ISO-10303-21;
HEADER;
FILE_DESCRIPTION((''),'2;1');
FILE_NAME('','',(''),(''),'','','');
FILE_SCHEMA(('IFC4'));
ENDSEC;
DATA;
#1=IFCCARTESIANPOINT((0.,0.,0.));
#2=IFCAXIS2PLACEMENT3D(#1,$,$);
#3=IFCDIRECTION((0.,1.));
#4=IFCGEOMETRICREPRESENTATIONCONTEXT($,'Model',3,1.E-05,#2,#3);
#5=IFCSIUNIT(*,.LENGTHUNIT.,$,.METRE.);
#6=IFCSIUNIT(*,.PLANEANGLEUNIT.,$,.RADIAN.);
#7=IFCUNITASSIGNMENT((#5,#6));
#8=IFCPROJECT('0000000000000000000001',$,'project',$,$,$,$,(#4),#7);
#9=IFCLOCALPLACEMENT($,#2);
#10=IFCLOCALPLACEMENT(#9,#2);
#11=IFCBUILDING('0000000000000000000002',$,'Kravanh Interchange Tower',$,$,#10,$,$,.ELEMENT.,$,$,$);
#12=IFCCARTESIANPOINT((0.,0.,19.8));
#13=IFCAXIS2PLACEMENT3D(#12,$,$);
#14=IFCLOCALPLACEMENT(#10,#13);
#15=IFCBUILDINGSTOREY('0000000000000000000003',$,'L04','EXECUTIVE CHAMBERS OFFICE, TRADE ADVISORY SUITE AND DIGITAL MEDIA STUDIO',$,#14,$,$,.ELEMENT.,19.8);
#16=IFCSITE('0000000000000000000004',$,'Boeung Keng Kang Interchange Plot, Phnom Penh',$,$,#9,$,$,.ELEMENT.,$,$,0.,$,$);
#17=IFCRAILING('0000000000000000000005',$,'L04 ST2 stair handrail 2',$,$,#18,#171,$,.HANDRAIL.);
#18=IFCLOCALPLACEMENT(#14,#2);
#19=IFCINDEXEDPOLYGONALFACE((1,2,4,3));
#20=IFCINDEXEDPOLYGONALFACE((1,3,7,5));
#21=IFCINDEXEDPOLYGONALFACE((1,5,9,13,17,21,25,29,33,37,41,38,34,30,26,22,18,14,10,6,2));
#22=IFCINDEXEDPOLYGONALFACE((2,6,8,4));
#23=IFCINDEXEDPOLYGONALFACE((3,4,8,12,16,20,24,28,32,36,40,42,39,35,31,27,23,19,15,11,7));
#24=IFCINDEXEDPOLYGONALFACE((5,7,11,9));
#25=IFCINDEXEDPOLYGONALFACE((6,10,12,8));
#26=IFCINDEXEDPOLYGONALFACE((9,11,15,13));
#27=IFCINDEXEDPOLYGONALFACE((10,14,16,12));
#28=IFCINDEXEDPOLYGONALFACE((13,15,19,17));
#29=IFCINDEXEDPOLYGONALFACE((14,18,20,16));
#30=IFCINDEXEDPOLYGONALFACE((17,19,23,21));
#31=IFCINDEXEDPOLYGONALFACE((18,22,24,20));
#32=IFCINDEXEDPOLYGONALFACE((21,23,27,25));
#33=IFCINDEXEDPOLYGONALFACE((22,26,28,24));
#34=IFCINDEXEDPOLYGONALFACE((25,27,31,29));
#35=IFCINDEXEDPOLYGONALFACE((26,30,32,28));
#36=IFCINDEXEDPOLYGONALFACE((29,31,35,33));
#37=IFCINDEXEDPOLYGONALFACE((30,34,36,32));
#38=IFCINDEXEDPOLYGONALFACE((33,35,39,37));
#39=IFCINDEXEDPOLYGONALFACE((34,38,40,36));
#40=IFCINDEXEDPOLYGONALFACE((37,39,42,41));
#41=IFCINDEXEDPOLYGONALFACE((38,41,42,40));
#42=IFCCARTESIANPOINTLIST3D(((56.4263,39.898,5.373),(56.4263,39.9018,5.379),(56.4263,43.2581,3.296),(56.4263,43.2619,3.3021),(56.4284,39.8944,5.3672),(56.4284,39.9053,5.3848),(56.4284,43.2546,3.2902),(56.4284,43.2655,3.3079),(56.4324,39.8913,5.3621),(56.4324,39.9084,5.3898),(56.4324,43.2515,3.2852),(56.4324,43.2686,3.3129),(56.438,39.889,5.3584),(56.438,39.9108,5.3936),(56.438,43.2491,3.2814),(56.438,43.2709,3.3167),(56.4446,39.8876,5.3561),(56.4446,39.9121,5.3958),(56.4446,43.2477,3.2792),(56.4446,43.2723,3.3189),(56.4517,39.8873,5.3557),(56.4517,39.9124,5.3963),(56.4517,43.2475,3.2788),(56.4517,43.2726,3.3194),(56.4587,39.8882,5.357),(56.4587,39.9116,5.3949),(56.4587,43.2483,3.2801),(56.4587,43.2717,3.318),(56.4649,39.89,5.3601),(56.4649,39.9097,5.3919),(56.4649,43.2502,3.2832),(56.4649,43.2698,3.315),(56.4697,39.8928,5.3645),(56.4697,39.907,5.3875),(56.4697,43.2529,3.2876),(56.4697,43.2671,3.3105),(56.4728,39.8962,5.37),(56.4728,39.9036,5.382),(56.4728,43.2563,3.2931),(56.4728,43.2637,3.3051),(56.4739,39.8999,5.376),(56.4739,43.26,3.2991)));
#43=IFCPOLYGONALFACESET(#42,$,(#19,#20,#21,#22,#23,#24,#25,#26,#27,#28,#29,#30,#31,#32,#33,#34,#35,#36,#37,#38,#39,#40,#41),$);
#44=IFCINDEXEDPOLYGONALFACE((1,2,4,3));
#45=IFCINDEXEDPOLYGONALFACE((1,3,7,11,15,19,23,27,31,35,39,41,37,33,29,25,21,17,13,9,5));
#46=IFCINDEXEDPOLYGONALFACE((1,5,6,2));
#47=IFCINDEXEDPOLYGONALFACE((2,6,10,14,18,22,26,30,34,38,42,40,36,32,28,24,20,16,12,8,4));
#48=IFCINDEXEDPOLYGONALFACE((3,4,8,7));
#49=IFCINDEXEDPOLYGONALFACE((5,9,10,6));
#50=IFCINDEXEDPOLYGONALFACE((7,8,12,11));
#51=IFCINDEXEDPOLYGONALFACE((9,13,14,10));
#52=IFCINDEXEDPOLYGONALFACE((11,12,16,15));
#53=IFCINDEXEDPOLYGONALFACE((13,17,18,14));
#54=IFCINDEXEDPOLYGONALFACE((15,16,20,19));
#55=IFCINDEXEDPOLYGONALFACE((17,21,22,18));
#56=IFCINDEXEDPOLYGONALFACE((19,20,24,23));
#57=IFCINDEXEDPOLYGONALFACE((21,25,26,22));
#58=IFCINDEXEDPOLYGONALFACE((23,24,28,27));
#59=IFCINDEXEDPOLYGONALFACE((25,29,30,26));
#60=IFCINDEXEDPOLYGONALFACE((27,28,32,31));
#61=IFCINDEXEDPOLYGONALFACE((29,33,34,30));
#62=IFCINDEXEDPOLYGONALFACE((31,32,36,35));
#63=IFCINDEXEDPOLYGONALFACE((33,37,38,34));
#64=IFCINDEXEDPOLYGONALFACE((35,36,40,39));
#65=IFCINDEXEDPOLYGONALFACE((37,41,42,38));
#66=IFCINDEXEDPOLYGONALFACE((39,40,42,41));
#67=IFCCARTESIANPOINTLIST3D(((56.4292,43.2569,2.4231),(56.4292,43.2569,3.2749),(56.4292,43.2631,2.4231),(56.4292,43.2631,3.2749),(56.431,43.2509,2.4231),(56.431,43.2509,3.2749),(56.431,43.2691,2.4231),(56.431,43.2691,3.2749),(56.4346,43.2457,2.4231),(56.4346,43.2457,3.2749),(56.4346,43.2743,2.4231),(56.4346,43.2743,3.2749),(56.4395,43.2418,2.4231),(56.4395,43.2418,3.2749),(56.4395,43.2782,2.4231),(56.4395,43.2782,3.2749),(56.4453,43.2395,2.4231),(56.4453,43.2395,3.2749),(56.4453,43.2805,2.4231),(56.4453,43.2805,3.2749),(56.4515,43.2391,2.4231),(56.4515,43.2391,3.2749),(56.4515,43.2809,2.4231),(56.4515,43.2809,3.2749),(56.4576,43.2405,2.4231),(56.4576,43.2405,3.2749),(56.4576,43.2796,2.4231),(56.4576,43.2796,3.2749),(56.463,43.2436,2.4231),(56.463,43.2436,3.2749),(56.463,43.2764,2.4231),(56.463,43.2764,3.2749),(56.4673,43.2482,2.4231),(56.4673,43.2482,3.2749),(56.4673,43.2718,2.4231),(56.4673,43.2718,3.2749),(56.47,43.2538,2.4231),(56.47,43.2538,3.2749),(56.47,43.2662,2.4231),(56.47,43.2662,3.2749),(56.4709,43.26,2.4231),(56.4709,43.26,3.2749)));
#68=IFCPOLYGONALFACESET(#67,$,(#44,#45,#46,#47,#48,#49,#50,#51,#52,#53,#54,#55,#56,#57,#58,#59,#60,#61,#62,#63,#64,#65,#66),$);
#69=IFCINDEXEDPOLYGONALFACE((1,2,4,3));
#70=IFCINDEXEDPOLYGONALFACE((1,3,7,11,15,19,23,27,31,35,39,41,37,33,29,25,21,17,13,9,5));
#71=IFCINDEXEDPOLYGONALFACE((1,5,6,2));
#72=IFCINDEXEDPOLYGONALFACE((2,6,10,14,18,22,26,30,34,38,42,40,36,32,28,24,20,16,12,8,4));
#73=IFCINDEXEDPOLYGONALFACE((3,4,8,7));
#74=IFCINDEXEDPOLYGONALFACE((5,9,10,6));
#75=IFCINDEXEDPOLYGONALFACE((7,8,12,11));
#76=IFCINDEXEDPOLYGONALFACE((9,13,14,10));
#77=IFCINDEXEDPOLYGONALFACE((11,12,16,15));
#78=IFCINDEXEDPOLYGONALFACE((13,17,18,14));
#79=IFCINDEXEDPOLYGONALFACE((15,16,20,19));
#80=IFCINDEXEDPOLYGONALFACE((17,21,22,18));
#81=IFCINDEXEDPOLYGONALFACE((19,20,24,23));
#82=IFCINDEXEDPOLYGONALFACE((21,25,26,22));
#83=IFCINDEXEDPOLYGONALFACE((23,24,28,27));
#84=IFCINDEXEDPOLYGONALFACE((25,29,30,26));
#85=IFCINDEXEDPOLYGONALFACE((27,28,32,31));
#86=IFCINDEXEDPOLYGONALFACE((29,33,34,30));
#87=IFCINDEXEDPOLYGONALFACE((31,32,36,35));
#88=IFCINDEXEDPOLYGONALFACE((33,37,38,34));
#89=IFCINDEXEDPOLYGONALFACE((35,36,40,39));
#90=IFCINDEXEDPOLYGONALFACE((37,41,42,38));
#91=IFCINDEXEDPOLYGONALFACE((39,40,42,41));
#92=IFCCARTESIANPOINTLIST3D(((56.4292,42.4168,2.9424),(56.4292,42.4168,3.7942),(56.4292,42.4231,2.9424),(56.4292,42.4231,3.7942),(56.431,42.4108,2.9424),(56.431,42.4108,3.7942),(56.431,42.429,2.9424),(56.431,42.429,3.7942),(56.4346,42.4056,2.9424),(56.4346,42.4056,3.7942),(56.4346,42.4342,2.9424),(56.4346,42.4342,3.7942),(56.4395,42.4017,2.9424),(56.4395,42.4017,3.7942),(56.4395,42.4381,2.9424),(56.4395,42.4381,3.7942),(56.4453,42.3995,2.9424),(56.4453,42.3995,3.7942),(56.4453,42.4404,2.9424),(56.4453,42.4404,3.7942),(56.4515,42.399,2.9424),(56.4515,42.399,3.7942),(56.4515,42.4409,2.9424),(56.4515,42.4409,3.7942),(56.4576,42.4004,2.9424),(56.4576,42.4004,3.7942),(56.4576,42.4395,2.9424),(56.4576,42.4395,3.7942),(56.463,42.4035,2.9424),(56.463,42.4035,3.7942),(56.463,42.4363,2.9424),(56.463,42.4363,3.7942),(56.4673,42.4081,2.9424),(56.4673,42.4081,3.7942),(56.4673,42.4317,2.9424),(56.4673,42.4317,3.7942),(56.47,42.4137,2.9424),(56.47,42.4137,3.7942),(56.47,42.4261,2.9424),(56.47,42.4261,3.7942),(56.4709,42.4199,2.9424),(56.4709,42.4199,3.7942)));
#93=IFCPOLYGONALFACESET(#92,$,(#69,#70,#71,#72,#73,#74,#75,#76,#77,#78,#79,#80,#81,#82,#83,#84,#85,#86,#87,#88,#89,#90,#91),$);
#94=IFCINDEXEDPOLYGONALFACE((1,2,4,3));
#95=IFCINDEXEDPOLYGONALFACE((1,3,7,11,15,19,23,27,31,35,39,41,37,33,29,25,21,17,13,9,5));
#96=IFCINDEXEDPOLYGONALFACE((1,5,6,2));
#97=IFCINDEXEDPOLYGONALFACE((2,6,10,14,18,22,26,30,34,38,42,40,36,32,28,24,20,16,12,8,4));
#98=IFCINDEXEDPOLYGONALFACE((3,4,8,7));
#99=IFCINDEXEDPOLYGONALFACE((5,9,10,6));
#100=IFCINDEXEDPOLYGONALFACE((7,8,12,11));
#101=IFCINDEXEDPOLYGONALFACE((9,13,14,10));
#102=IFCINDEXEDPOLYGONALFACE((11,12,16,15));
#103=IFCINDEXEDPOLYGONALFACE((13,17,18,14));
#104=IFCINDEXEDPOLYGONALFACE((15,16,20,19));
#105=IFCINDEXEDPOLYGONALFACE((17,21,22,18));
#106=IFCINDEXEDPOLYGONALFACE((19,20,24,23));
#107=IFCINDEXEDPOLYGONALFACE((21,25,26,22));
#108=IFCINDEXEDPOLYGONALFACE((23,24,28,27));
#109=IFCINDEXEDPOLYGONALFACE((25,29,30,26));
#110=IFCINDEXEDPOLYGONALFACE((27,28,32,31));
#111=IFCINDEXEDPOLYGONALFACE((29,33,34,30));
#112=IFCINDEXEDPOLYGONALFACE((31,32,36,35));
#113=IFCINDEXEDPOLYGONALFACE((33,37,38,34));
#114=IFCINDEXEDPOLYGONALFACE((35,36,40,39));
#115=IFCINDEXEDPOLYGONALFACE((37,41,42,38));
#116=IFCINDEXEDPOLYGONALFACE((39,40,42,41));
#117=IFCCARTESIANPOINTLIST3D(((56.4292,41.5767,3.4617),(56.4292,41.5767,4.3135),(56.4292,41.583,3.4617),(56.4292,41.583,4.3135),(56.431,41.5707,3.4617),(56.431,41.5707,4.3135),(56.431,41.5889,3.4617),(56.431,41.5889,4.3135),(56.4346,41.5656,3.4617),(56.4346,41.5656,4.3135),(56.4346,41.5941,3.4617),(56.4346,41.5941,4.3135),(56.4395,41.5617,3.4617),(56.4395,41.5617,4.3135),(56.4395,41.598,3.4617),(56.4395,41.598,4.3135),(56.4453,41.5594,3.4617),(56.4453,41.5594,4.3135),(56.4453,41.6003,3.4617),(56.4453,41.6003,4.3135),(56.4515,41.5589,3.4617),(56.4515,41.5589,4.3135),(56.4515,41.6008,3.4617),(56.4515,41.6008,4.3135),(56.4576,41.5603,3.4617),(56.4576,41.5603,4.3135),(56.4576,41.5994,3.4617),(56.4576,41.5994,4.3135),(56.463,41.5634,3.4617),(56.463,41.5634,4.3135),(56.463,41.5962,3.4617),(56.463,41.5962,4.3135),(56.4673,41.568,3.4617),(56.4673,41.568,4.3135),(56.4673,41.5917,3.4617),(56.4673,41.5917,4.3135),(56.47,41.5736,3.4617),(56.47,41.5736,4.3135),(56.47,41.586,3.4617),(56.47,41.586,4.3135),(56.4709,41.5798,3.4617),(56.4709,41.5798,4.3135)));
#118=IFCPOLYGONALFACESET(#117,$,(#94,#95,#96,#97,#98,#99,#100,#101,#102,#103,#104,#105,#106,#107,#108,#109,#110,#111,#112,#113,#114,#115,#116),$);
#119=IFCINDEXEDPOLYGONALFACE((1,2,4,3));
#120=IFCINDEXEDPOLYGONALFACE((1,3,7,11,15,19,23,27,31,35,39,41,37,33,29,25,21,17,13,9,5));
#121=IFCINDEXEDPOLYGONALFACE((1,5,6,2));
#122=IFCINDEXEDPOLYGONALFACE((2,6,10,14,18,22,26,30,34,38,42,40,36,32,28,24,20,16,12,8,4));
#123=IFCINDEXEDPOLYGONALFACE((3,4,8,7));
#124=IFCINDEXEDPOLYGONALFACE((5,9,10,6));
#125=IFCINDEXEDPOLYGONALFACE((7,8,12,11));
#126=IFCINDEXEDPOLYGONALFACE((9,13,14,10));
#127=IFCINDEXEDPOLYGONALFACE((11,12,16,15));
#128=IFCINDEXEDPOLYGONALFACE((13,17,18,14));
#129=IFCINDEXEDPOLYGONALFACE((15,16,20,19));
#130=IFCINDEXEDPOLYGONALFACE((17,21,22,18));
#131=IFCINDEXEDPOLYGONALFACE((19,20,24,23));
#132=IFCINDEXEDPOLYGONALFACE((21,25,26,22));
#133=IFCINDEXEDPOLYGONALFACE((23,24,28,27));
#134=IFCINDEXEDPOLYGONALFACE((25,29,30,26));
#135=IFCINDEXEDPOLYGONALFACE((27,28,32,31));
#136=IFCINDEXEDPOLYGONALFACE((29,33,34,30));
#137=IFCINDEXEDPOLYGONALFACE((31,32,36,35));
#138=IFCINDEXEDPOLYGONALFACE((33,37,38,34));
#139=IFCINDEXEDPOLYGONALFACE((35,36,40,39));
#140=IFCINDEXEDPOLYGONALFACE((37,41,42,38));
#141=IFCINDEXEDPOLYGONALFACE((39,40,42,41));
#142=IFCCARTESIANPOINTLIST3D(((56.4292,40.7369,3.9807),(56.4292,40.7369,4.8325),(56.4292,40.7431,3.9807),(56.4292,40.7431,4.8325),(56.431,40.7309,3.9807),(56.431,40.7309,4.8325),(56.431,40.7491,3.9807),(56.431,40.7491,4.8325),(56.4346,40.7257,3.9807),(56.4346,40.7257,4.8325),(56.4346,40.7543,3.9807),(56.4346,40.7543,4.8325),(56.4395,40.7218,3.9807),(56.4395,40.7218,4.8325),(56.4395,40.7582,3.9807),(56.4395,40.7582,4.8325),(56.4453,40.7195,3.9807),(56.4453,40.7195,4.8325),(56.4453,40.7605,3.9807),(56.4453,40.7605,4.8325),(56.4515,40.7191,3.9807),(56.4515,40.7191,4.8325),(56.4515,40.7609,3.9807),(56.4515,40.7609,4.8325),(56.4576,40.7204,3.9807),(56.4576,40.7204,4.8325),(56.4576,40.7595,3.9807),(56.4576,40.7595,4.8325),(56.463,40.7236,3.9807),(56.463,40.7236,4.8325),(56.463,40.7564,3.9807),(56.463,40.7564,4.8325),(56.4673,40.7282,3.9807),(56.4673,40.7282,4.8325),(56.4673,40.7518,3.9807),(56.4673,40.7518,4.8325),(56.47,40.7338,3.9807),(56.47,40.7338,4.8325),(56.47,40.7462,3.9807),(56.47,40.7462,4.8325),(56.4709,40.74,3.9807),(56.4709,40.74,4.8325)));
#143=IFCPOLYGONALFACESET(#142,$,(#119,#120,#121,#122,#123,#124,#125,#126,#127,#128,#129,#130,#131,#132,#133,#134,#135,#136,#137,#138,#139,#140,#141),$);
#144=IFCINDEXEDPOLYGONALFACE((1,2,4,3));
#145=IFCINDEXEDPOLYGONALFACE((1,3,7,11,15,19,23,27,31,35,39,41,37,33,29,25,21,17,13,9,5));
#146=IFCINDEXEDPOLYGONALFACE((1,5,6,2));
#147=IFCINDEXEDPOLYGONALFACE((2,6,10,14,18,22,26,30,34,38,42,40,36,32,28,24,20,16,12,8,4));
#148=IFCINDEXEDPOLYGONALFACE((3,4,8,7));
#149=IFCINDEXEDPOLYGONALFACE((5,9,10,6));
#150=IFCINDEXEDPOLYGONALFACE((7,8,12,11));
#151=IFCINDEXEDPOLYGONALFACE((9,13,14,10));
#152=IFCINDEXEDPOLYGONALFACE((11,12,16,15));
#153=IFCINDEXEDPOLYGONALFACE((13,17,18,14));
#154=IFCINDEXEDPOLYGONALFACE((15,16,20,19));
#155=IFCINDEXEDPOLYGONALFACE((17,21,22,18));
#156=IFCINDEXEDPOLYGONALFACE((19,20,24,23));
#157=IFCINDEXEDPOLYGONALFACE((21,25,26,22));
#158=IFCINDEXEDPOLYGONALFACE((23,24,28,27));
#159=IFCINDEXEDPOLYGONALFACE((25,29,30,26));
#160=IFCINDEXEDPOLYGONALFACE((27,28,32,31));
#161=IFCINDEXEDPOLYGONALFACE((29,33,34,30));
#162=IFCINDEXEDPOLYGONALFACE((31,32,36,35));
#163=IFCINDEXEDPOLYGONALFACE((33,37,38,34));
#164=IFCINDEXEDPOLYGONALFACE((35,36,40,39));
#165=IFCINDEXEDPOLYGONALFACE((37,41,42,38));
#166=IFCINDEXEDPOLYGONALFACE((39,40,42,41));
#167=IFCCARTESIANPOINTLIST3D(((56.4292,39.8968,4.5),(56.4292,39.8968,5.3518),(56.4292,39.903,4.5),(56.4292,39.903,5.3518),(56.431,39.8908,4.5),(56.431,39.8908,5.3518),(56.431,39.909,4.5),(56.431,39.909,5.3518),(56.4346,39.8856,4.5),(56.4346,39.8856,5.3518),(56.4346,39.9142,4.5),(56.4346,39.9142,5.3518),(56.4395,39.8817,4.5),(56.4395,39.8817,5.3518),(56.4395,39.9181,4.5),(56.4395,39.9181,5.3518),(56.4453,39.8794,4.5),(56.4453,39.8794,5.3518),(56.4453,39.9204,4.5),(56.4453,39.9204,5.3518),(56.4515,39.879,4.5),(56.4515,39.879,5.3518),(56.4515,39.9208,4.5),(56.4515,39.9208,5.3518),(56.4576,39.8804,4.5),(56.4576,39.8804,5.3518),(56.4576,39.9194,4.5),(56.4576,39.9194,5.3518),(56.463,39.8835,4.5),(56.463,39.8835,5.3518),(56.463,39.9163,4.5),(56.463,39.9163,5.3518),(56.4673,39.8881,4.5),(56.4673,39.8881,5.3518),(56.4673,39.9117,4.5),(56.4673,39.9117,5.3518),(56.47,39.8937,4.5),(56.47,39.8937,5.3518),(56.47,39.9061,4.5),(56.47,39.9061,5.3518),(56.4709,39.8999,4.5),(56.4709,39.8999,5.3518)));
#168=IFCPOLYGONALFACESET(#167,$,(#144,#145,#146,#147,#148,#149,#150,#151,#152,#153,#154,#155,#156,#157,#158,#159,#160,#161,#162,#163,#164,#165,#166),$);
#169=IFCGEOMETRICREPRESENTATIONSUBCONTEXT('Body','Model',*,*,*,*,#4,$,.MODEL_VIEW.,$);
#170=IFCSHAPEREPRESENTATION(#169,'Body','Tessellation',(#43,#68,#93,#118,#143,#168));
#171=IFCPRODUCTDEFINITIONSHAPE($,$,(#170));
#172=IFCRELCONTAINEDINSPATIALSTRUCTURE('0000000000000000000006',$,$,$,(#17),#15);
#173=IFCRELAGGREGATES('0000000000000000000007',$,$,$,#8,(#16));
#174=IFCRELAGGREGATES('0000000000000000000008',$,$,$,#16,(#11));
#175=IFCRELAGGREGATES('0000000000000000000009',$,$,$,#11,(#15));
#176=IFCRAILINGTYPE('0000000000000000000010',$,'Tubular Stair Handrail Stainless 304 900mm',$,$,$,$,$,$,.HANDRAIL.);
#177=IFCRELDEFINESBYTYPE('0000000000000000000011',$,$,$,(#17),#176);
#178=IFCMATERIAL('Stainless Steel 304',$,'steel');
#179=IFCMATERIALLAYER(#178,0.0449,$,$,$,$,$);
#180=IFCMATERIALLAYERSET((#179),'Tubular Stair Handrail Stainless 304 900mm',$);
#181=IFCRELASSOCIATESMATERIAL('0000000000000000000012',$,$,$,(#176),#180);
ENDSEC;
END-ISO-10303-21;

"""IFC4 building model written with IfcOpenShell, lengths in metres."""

from ifc_helpers import new_model, si_unit, direction, frame, origin, origin_2d, place, context, subcontext, project, spatial, circle, extrude, material, layer, layer_set, type_object, element, save


model = new_model("IFC4")

# Units and contexts
model_context = context("Model", 3, precision=1e-05, world=origin(), true_north=direction((0.0, 1.0)))
body_context = subcontext(model_context, "Body", "Model", "MODEL_VIEW")
ifc_project = project(units=[si_unit("LENGTHUNIT", "METRE"), si_unit("PLANEANGLEUNIT", "RADIAN")], contexts=[model_context])

# Site, building, storey
site_placement = place(None, origin())
site = spatial("IfcSite", under=ifc_project, at=site_placement, Name="Boeung Keng Kang Interchange Plot, Phnom Penh", CompositionType="ELEMENT", RefElevation=0.0)
building_placement = place(site_placement, origin())
building = spatial("IfcBuilding", under=site, at=building_placement, Name="Kravanh Interchange Tower", CompositionType="ELEMENT")
storey_placement = place(building_placement, frame((0.0, 0.0, 19.8)))
storey = spatial("IfcBuildingStorey", under=building, at=storey_placement, Name="L04", Description="EXECUTIVE CHAMBERS OFFICE, TRADE ADVISORY SUITE AND DIGITAL MEDIA STUDIO", CompositionType="ELEMENT", Elevation=19.8)

# Railing
ifc_material_1 = material(Name="Stainless Steel 304", Category="steel")
ifc_layer_1 = layer(ifc_material_1, 0.0449)
ifc_layer_set_1 = layer_set([ifc_layer_1], Name="Tubular Stair Handrail Stainless 304 900mm")
railing_type_1 = type_object("IfcRailingType", Name="Tubular Stair Handrail Stainless 304 900mm", PredefinedType="HANDRAIL", material=ifc_layer_set_1)
railing_1_placement = place(storey_placement, frame((56.45, 43.26, 2.4231)))
element("IfcRailing", 1, at=railing_1_placement, inside=storey, type_object=railing_type_1, Name="L04 ST2 stair handrail 2", PredefinedType="HANDRAIL", context=body_context, shape_type="SweptSolid", body=[
    extrude(circle(Radius=0.0239, at=origin_2d()), frame((0.0, 0.0, 0.876), z_axis=(0.0, -0.850623, 0.525776), x_axis=(1.0, 0.0, 0.0)), (0.0, 0.0, 1.0), 3.9502),
    extrude(circle(Radius=0.021, at=origin_2d()), origin(), (0.0, 0.0, 1.0), 0.8518),
    extrude(circle(Radius=0.021, at=origin_2d()), frame((0.0, -0.8401, 0.5193)), (0.0, 0.0, 1.0), 0.8518),
    extrude(circle(Radius=0.021, at=origin_2d()), frame((0.0, -1.6802, 1.0386)), (0.0, 0.0, 1.0), 0.8518),
    extrude(circle(Radius=0.021, at=origin_2d()), frame((0.0, -2.52, 1.5576)), (0.0, 0.0, 1.0), 0.8518),
    extrude(circle(Radius=0.021, at=origin_2d()), frame((0.0, -3.3601, 2.0769)), (0.0, 0.0, 1.0), 0.8518),
])

save(model, "model.ifc")
